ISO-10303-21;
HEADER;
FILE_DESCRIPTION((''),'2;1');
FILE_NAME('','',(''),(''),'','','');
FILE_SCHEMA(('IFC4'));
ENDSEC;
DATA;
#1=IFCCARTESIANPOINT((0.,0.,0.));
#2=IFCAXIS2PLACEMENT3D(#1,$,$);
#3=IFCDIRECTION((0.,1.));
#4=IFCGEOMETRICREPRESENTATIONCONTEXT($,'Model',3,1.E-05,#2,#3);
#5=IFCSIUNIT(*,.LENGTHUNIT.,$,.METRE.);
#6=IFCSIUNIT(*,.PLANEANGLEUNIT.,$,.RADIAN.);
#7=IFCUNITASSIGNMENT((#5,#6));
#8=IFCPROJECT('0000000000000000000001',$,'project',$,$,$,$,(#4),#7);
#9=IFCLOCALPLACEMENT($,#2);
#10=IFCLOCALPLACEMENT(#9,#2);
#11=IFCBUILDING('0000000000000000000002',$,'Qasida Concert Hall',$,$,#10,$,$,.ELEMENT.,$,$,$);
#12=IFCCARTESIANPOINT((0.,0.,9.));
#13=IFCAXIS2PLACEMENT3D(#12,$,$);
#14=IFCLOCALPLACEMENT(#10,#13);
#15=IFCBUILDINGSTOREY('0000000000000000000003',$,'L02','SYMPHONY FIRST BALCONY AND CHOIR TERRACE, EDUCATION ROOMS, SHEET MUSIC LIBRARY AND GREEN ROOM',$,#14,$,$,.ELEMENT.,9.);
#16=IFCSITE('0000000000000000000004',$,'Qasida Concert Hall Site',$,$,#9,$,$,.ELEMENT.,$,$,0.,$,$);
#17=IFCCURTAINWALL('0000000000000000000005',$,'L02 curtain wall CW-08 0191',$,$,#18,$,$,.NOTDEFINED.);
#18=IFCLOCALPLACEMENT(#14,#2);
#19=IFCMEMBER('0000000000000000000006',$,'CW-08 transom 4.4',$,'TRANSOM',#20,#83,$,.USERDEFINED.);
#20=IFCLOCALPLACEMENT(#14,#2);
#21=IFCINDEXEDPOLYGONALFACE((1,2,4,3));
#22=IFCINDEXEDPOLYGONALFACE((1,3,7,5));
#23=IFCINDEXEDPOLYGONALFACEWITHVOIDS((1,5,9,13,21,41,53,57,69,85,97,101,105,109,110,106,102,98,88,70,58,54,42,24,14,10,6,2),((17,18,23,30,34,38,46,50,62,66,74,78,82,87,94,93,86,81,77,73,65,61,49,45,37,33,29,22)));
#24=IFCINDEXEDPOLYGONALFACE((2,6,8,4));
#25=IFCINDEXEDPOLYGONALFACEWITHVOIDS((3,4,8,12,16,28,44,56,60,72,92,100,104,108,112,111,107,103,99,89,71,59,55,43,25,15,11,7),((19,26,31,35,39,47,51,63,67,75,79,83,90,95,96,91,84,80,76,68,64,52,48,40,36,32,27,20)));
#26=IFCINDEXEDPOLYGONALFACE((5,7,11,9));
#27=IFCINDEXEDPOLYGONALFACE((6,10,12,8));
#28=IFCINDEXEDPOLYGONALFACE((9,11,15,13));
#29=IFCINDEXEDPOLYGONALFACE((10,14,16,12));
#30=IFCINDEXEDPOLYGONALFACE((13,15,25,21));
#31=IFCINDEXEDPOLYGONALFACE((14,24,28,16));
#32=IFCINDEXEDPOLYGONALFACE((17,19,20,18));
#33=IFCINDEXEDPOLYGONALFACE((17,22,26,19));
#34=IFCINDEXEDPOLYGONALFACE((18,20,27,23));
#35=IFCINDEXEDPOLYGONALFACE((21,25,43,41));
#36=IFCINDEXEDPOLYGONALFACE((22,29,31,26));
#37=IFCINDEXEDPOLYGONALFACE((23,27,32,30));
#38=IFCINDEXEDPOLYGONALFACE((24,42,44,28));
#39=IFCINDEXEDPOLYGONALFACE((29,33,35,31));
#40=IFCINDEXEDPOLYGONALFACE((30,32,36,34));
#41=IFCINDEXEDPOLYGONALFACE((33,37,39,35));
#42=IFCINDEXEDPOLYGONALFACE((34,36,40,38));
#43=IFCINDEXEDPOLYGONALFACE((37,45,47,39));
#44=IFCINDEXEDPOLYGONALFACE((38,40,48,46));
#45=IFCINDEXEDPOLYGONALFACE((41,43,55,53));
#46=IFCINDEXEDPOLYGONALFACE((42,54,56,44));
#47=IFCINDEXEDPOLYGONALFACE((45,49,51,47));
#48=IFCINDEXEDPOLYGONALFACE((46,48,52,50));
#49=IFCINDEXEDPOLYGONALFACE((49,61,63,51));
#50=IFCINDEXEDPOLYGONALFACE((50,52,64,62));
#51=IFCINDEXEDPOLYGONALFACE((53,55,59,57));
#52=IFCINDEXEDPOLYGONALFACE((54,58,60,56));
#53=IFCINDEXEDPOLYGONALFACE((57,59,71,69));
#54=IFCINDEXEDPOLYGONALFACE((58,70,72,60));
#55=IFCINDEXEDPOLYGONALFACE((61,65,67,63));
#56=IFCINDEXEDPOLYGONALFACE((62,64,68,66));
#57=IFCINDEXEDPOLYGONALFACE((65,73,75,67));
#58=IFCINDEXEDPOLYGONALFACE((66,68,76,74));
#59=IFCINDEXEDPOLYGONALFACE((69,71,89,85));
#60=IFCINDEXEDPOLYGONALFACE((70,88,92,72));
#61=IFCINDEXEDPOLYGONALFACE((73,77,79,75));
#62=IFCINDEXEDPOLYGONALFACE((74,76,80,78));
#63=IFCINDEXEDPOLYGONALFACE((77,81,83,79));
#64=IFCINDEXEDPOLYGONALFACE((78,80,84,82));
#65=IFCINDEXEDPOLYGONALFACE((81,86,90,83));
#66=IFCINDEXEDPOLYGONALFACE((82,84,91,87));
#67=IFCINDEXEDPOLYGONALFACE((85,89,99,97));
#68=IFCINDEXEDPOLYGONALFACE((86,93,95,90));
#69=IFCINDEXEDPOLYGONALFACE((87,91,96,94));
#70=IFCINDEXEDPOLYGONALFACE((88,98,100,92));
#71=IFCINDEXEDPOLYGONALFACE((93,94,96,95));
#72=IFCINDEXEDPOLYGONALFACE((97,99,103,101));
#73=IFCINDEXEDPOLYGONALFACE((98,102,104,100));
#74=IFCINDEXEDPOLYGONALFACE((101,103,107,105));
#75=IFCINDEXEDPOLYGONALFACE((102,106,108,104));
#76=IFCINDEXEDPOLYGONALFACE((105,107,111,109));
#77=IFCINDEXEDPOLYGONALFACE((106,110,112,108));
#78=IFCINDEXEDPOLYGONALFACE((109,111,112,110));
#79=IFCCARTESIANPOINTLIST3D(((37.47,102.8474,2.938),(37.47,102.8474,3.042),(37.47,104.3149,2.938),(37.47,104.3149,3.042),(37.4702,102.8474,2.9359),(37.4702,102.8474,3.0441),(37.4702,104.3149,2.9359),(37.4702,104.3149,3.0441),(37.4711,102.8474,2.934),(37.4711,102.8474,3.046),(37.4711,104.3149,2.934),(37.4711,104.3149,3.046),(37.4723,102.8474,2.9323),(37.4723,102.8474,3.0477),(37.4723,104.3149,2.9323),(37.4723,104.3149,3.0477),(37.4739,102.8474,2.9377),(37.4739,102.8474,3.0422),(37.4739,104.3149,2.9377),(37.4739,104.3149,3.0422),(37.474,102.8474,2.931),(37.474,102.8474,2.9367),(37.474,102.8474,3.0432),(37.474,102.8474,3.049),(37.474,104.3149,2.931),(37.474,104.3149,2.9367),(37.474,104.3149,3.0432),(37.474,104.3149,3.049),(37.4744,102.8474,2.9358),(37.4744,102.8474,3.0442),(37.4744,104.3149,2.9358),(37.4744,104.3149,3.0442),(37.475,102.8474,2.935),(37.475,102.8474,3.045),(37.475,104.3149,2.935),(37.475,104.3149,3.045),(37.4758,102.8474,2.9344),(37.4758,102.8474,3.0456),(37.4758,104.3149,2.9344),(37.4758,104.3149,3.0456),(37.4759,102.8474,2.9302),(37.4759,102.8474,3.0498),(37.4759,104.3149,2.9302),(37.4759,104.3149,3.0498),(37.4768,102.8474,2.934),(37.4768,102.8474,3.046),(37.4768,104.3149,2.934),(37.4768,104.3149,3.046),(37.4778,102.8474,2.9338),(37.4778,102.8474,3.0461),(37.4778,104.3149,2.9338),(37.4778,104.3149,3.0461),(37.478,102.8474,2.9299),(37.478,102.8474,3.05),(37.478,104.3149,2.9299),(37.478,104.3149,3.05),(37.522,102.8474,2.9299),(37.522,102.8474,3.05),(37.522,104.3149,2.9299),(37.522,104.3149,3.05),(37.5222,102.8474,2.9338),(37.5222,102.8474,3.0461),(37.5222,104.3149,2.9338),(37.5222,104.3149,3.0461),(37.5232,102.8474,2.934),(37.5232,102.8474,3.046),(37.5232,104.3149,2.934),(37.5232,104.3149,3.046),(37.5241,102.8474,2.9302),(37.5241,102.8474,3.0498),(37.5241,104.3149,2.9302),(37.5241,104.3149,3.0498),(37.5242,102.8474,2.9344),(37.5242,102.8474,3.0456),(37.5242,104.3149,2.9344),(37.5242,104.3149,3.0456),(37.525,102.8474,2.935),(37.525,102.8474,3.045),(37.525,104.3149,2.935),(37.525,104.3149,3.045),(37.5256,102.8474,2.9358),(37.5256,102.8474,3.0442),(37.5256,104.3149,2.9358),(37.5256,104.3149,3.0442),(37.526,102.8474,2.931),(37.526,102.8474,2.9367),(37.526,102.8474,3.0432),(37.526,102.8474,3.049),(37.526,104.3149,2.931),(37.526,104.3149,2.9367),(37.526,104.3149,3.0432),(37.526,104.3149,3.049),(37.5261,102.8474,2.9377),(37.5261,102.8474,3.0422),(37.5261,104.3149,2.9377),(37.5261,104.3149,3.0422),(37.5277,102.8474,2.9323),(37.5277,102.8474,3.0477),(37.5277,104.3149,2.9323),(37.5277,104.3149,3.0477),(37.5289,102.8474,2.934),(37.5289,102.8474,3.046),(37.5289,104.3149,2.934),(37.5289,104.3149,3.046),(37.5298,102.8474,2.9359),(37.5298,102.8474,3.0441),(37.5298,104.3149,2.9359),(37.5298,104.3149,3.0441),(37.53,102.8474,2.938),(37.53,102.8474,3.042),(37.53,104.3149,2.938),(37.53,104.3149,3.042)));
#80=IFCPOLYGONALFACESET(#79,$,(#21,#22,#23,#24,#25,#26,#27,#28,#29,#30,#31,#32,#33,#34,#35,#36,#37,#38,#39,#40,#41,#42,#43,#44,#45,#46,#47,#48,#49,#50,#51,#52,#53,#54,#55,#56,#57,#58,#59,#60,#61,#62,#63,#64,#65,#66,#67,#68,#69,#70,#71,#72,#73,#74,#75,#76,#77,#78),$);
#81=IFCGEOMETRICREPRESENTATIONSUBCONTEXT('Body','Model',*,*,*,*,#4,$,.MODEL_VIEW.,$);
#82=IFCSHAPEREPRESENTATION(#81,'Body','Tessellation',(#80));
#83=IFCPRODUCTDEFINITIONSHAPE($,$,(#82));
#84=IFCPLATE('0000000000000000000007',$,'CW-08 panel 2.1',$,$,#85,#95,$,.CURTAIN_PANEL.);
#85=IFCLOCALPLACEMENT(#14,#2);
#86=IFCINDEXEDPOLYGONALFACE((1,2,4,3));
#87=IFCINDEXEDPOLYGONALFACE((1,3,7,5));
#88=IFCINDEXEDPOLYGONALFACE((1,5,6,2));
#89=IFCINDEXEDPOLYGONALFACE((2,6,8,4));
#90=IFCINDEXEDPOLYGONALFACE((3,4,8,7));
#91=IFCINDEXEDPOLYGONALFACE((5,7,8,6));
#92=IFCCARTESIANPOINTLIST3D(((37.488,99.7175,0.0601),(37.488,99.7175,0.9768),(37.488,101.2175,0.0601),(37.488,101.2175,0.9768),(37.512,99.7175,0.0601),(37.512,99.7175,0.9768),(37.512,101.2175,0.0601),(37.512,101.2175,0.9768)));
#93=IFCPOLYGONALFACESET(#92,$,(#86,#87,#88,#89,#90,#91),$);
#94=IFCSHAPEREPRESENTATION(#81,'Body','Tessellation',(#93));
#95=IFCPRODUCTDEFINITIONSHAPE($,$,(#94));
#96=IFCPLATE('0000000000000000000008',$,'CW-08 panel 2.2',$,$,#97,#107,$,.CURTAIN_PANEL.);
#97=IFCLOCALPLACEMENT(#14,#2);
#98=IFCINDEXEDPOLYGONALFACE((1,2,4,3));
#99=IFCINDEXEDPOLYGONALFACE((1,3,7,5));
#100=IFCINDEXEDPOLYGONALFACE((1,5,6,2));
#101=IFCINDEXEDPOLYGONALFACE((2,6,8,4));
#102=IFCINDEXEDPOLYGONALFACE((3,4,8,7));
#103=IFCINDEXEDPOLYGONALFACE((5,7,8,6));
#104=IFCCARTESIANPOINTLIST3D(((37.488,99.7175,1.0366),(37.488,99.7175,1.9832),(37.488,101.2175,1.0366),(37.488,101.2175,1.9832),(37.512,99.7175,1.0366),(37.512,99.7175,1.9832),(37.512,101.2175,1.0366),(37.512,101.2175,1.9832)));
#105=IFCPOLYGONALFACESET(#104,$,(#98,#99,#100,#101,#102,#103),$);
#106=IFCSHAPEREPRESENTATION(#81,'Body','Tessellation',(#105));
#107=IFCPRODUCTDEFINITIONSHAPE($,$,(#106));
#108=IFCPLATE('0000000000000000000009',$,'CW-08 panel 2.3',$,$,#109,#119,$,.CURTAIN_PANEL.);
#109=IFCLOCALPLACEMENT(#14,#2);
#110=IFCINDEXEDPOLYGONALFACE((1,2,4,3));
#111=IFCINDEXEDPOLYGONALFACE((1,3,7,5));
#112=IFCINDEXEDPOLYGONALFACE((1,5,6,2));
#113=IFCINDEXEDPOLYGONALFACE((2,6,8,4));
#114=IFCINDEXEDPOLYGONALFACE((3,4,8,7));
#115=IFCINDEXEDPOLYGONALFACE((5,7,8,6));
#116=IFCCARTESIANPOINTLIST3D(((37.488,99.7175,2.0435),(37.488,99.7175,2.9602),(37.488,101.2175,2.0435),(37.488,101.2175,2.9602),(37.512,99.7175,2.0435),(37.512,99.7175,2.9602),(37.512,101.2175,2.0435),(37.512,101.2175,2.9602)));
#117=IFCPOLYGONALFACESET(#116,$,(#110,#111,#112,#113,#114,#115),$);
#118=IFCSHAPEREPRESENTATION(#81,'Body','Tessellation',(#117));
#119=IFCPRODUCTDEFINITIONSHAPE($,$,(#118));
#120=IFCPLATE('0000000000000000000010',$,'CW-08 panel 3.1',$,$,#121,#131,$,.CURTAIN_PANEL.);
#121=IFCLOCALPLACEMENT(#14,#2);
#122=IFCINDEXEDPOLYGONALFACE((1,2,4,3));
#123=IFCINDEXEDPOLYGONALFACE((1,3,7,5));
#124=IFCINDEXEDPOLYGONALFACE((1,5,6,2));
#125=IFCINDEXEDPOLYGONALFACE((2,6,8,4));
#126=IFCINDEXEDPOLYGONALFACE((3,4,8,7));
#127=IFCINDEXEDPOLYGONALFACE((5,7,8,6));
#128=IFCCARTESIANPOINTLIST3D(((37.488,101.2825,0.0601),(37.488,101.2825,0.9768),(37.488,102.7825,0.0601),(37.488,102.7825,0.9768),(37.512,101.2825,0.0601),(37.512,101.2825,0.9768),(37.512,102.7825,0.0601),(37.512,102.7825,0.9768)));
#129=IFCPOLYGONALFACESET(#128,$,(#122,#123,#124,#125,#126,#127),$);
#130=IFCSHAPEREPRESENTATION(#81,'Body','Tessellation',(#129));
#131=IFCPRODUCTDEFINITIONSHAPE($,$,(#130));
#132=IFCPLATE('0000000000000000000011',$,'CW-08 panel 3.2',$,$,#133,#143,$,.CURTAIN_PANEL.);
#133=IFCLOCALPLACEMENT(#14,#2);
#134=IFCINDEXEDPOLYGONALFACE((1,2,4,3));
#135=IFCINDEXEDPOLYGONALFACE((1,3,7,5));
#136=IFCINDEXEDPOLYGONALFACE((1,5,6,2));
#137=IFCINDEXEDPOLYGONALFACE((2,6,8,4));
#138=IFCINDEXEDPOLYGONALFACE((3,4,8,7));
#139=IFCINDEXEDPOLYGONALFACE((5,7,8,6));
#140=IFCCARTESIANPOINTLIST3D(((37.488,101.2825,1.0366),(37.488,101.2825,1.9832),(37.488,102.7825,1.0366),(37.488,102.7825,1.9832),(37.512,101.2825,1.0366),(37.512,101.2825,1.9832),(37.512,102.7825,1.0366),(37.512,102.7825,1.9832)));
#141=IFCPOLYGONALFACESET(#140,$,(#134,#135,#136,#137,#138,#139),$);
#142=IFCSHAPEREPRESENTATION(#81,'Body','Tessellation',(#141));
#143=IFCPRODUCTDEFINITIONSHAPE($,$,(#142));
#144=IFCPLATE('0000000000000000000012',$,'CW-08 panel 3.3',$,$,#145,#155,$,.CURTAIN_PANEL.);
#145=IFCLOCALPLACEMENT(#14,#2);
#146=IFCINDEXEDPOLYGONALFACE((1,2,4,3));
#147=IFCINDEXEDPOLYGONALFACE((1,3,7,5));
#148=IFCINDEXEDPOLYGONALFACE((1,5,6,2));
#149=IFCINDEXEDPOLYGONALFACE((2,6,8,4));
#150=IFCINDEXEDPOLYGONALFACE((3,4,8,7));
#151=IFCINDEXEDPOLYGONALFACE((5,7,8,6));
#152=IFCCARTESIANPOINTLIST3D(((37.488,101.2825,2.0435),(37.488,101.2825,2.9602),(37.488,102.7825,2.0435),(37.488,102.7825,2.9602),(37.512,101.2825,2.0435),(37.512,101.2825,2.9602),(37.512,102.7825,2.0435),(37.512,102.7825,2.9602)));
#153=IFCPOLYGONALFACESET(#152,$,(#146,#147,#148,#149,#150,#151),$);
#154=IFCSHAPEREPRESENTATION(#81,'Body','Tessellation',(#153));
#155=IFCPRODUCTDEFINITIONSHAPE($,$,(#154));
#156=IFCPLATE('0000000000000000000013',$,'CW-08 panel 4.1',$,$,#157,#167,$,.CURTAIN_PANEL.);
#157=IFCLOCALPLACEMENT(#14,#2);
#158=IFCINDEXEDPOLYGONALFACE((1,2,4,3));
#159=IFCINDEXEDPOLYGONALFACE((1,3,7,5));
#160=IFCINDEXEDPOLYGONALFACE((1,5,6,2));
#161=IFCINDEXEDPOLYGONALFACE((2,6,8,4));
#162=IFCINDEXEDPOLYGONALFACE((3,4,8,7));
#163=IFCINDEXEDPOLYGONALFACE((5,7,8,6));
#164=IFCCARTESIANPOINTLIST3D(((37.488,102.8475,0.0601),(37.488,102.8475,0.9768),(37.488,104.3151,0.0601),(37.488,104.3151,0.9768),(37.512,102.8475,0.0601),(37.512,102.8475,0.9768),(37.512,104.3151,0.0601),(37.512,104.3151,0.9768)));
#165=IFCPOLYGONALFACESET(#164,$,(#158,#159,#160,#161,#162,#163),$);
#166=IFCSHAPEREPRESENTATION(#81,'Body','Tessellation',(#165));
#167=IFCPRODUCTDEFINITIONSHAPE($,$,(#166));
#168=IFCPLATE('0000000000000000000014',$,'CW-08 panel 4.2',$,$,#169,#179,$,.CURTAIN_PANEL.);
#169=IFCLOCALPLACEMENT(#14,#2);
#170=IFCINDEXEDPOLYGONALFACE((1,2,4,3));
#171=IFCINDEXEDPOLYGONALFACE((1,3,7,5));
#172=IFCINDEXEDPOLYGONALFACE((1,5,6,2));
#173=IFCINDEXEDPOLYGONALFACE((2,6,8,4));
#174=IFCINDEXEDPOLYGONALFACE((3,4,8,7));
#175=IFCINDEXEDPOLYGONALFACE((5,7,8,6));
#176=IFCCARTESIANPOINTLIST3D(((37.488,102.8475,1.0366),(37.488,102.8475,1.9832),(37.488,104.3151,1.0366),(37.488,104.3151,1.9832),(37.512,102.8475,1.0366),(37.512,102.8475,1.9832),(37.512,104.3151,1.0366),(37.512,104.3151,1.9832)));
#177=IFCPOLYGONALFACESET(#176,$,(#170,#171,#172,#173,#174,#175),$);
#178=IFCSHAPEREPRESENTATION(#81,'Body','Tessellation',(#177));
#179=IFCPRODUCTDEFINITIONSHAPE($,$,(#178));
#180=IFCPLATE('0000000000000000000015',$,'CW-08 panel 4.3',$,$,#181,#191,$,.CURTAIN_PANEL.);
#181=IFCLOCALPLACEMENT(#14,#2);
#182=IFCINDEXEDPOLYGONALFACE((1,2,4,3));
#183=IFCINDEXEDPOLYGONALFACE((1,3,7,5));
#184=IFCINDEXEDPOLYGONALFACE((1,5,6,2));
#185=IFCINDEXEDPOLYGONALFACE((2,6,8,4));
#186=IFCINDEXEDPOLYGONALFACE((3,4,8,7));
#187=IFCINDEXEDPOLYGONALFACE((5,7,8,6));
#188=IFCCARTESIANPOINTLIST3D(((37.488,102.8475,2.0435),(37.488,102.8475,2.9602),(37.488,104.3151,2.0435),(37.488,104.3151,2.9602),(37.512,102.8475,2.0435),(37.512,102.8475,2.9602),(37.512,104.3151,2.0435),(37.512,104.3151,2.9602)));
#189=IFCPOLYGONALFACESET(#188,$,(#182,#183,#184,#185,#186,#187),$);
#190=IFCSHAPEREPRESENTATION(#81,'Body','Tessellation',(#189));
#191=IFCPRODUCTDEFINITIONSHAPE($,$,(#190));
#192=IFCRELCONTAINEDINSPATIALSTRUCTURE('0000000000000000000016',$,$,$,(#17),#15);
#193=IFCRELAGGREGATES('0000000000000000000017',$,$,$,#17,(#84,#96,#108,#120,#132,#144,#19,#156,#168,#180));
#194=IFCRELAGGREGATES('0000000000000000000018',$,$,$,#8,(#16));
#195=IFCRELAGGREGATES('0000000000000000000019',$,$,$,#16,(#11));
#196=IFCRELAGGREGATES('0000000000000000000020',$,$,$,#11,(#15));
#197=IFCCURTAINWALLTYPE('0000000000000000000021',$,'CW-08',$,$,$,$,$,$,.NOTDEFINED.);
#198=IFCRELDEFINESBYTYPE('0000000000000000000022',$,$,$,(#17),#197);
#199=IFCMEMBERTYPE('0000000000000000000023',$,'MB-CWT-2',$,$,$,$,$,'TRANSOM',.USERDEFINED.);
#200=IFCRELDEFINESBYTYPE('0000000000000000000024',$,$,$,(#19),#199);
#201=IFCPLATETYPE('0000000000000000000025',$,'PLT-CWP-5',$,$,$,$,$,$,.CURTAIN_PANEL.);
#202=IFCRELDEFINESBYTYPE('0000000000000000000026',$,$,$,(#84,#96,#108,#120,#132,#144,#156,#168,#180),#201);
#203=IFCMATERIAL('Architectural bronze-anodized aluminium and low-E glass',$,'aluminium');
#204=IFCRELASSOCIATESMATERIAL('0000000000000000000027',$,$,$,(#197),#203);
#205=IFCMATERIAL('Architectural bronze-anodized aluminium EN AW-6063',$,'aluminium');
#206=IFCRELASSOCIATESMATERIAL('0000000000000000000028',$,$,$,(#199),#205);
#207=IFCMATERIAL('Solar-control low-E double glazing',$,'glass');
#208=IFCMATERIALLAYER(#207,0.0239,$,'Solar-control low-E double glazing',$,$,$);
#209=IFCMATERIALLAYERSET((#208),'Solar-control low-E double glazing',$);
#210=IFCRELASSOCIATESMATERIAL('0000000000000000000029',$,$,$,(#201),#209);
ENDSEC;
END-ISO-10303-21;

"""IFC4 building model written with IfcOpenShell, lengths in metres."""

from ifc_helpers import new_model, si_unit, direction, frame, origin, origin_2d, place, context, subcontext, project, spatial, rectangle, hollow_rectangle, extrude, material, layer, layer_set, material_profile, profile_set, type_object, element, aggregate, save


model = new_model("IFC4")

# Units and contexts
model_context = context("Model", 3, precision=1e-05, world=origin(), true_north=direction((0.0, 1.0)))
body_context = subcontext(model_context, "Body", "Model", "MODEL_VIEW")
ifc_project = project(units=[si_unit("LENGTHUNIT", "METRE"), si_unit("PLANEANGLEUNIT", "RADIAN")], contexts=[model_context])

# Site, building, storey
site_placement = place(None, origin())
site = spatial("IfcSite", under=ifc_project, at=site_placement, Name="Qasida Concert Hall Site", CompositionType="ELEMENT", RefElevation=0.0)
building_placement = place(site_placement, origin())
building = spatial("IfcBuilding", under=site, at=building_placement, Name="Qasida Concert Hall", CompositionType="ELEMENT")
storey_placement = place(building_placement, frame((0.0, 0.0, 9.0)))
storey = spatial("IfcBuildingStorey", under=building, at=storey_placement, Name="L02", Description="SYMPHONY FIRST BALCONY AND CHOIR TERRACE, EDUCATION ROOMS, SHEET MUSIC LIBRARY AND GREEN ROOM", CompositionType="ELEMENT", Elevation=9.0)

# Curtain wall, member, plates
ifc_material_1 = material(Name="Architectural bronze-anodized aluminium and low-E glass", Category="aluminium")
curtain_wall_type = type_object("IfcCurtainWallType", Name="CW-08", PredefinedType="NOTDEFINED", material=ifc_material_1)
curtain_wall_placement = place(storey_placement, origin())
curtain_wall = element("IfcCurtainWall", 1, at=curtain_wall_placement, inside=storey, type_object=curtain_wall_type, Name="L02 curtain wall CW-08 0191", PredefinedType="NOTDEFINED")
ifc_material_2 = material(Name="Architectural bronze-anodized aluminium EN AW-6063", Category="aluminium")
ifc_material_profile_1 = material_profile(ifc_material_2, hollow_rectangle(XDim=0.0601, YDim=0.1201, WallThickness=0.0039, InnerFilletRadius=0.0039, OuterFilletRadius=0.0081, at=origin_2d()), Name="CWT 120x60x4")
ifc_profile_set_1 = profile_set([ifc_material_profile_1], Name="Architectural bronze-anodized aluminium EN AW-6063")
member_type_1 = type_object("IfcMemberType", Name="MB-CWT-2", ElementType="TRANSOM", PredefinedType="USERDEFINED", material=ifc_profile_set_1)
member_1_placement = place(storey_placement, frame((37.5, 102.8474, 2.99), z_axis=(0.0, 1.0, 0.0), x_axis=(-1.0, 0.0, 0.0)))
member_1 = element("IfcMember", 2, at=member_1_placement, type_object=member_type_1, Name="CW-08 transom 4.4", ObjectType="TRANSOM", PredefinedType="USERDEFINED", context=body_context, shape_type="SweptSolid", body=[
    extrude(hollow_rectangle(XDim=0.0601, YDim=0.1201, WallThickness=0.0039, InnerFilletRadius=0.0039, OuterFilletRadius=0.0081, at=origin_2d()), origin(), (0.0, 0.0, 1.0), 1.4675),
])
ifc_material_3 = material(Name="Solar-control low-E double glazing", Category="glass")
ifc_layer_1 = layer(ifc_material_3, 0.0239, Name="Solar-control low-E double glazing")
ifc_layer_set_1 = layer_set([ifc_layer_1], Name="Solar-control low-E double glazing")
plate_type = type_object("IfcPlateType", Name="PLT-CWP-5", PredefinedType="CURTAIN_PANEL", material=ifc_layer_set_1)
plate_1_placement = place(storey_placement, frame((37.5, 100.4675, 0.0601), z_axis=(0.0, 0.0, 1.0), x_axis=(0.0, 1.0, 0.0)))
plate_1 = element("IfcPlate", 3, at=plate_1_placement, type_object=plate_type, Name="CW-08 panel 2.1", PredefinedType="CURTAIN_PANEL", context=body_context, shape_type="SweptSolid", body=[
    extrude(rectangle(XDim=1.5, YDim=0.0239, at=origin_2d()), origin(), (0.0, 0.0, 1.0), 0.9167),
])
plate_2_placement = place(storey_placement, frame((37.5, 100.4675, 1.0366), z_axis=(0.0, 0.0, 1.0), x_axis=(0.0, 1.0, 0.0)))
plate_2 = element("IfcPlate", 4, at=plate_2_placement, type_object=plate_type, Name="CW-08 panel 2.2", PredefinedType="CURTAIN_PANEL", context=body_context, shape_type="SweptSolid", body=[
    extrude(rectangle(XDim=1.5, YDim=0.0239, at=origin_2d()), origin(), (0.0, 0.0, 1.0), 0.9465),
])
plate_3_placement = place(storey_placement, frame((37.5, 100.4675, 2.0435), z_axis=(0.0, 0.0, 1.0), x_axis=(0.0, 1.0, 0.0)))
plate_3 = element("IfcPlate", 5, at=plate_3_placement, type_object=plate_type, Name="CW-08 panel 2.3", PredefinedType="CURTAIN_PANEL", context=body_context, shape_type="SweptSolid", body=[
    extrude(rectangle(XDim=1.5, YDim=0.0239, at=origin_2d()), origin(), (0.0, 0.0, 1.0), 0.9167),
])
plate_4_placement = place(storey_placement, frame((37.5, 102.0325, 0.0601), z_axis=(0.0, 0.0, 1.0), x_axis=(0.0, 1.0, 0.0)))
plate_4 = element("IfcPlate", 6, at=plate_4_placement, type_object=plate_type, Name="CW-08 panel 3.1", PredefinedType="CURTAIN_PANEL", context=body_context, shape_type="SweptSolid", body=[
    extrude(rectangle(XDim=1.5, YDim=0.0239, at=origin_2d()), origin(), (0.0, 0.0, 1.0), 0.9167),
])
plate_5_placement = place(storey_placement, frame((37.5, 102.0325, 1.0366), z_axis=(0.0, 0.0, 1.0), x_axis=(0.0, 1.0, 0.0)))
plate_5 = element("IfcPlate", 7, at=plate_5_placement, type_object=plate_type, Name="CW-08 panel 3.2", PredefinedType="CURTAIN_PANEL", context=body_context, shape_type="SweptSolid", body=[
    extrude(rectangle(XDim=1.5, YDim=0.0239, at=origin_2d()), origin(), (0.0, 0.0, 1.0), 0.9465),
])
plate_6_placement = place(storey_placement, frame((37.5, 102.0325, 2.0435), z_axis=(0.0, 0.0, 1.0), x_axis=(0.0, 1.0, 0.0)))
plate_6 = element("IfcPlate", 8, at=plate_6_placement, type_object=plate_type, Name="CW-08 panel 3.3", PredefinedType="CURTAIN_PANEL", context=body_context, shape_type="SweptSolid", body=[
    extrude(rectangle(XDim=1.5, YDim=0.0239, at=origin_2d()), origin(), (0.0, 0.0, 1.0), 0.9167),
])
plate_7_placement = place(storey_placement, frame((37.5, 103.5813, 0.0601), z_axis=(0.0, 0.0, 1.0), x_axis=(0.0, 1.0, 0.0)))
plate_7 = element("IfcPlate", 9, at=plate_7_placement, type_object=plate_type, Name="CW-08 panel 4.1", PredefinedType="CURTAIN_PANEL", context=body_context, shape_type="SweptSolid", body=[
    extrude(rectangle(XDim=1.4675, YDim=0.0239, at=origin_2d()), origin(), (0.0, 0.0, 1.0), 0.9167),
])
plate_8_placement = place(storey_placement, frame((37.5, 103.5813, 1.0366), z_axis=(0.0, 0.0, 1.0), x_axis=(0.0, 1.0, 0.0)))
plate_8 = element("IfcPlate", 10, at=plate_8_placement, type_object=plate_type, Name="CW-08 panel 4.2", PredefinedType="CURTAIN_PANEL", context=body_context, shape_type="SweptSolid", body=[
    extrude(rectangle(XDim=1.4675, YDim=0.0239, at=origin_2d()), origin(), (0.0, 0.0, 1.0), 0.9465),
])
plate_9_placement = place(storey_placement, frame((37.5, 103.5813, 2.0435), z_axis=(0.0, 0.0, 1.0), x_axis=(0.0, 1.0, 0.0)))
plate_9 = element("IfcPlate", 11, at=plate_9_placement, type_object=plate_type, Name="CW-08 panel 4.3", PredefinedType="CURTAIN_PANEL", context=body_context, shape_type="SweptSolid", body=[
    extrude(rectangle(XDim=1.4675, YDim=0.0239, at=origin_2d()), origin(), (0.0, 0.0, 1.0), 0.9167),
])
aggregate(curtain_wall, [plate_1, plate_2, plate_3, plate_4, plate_5, plate_6, member_1, plate_7, plate_8, plate_9])

save(model, "model.ifc")
